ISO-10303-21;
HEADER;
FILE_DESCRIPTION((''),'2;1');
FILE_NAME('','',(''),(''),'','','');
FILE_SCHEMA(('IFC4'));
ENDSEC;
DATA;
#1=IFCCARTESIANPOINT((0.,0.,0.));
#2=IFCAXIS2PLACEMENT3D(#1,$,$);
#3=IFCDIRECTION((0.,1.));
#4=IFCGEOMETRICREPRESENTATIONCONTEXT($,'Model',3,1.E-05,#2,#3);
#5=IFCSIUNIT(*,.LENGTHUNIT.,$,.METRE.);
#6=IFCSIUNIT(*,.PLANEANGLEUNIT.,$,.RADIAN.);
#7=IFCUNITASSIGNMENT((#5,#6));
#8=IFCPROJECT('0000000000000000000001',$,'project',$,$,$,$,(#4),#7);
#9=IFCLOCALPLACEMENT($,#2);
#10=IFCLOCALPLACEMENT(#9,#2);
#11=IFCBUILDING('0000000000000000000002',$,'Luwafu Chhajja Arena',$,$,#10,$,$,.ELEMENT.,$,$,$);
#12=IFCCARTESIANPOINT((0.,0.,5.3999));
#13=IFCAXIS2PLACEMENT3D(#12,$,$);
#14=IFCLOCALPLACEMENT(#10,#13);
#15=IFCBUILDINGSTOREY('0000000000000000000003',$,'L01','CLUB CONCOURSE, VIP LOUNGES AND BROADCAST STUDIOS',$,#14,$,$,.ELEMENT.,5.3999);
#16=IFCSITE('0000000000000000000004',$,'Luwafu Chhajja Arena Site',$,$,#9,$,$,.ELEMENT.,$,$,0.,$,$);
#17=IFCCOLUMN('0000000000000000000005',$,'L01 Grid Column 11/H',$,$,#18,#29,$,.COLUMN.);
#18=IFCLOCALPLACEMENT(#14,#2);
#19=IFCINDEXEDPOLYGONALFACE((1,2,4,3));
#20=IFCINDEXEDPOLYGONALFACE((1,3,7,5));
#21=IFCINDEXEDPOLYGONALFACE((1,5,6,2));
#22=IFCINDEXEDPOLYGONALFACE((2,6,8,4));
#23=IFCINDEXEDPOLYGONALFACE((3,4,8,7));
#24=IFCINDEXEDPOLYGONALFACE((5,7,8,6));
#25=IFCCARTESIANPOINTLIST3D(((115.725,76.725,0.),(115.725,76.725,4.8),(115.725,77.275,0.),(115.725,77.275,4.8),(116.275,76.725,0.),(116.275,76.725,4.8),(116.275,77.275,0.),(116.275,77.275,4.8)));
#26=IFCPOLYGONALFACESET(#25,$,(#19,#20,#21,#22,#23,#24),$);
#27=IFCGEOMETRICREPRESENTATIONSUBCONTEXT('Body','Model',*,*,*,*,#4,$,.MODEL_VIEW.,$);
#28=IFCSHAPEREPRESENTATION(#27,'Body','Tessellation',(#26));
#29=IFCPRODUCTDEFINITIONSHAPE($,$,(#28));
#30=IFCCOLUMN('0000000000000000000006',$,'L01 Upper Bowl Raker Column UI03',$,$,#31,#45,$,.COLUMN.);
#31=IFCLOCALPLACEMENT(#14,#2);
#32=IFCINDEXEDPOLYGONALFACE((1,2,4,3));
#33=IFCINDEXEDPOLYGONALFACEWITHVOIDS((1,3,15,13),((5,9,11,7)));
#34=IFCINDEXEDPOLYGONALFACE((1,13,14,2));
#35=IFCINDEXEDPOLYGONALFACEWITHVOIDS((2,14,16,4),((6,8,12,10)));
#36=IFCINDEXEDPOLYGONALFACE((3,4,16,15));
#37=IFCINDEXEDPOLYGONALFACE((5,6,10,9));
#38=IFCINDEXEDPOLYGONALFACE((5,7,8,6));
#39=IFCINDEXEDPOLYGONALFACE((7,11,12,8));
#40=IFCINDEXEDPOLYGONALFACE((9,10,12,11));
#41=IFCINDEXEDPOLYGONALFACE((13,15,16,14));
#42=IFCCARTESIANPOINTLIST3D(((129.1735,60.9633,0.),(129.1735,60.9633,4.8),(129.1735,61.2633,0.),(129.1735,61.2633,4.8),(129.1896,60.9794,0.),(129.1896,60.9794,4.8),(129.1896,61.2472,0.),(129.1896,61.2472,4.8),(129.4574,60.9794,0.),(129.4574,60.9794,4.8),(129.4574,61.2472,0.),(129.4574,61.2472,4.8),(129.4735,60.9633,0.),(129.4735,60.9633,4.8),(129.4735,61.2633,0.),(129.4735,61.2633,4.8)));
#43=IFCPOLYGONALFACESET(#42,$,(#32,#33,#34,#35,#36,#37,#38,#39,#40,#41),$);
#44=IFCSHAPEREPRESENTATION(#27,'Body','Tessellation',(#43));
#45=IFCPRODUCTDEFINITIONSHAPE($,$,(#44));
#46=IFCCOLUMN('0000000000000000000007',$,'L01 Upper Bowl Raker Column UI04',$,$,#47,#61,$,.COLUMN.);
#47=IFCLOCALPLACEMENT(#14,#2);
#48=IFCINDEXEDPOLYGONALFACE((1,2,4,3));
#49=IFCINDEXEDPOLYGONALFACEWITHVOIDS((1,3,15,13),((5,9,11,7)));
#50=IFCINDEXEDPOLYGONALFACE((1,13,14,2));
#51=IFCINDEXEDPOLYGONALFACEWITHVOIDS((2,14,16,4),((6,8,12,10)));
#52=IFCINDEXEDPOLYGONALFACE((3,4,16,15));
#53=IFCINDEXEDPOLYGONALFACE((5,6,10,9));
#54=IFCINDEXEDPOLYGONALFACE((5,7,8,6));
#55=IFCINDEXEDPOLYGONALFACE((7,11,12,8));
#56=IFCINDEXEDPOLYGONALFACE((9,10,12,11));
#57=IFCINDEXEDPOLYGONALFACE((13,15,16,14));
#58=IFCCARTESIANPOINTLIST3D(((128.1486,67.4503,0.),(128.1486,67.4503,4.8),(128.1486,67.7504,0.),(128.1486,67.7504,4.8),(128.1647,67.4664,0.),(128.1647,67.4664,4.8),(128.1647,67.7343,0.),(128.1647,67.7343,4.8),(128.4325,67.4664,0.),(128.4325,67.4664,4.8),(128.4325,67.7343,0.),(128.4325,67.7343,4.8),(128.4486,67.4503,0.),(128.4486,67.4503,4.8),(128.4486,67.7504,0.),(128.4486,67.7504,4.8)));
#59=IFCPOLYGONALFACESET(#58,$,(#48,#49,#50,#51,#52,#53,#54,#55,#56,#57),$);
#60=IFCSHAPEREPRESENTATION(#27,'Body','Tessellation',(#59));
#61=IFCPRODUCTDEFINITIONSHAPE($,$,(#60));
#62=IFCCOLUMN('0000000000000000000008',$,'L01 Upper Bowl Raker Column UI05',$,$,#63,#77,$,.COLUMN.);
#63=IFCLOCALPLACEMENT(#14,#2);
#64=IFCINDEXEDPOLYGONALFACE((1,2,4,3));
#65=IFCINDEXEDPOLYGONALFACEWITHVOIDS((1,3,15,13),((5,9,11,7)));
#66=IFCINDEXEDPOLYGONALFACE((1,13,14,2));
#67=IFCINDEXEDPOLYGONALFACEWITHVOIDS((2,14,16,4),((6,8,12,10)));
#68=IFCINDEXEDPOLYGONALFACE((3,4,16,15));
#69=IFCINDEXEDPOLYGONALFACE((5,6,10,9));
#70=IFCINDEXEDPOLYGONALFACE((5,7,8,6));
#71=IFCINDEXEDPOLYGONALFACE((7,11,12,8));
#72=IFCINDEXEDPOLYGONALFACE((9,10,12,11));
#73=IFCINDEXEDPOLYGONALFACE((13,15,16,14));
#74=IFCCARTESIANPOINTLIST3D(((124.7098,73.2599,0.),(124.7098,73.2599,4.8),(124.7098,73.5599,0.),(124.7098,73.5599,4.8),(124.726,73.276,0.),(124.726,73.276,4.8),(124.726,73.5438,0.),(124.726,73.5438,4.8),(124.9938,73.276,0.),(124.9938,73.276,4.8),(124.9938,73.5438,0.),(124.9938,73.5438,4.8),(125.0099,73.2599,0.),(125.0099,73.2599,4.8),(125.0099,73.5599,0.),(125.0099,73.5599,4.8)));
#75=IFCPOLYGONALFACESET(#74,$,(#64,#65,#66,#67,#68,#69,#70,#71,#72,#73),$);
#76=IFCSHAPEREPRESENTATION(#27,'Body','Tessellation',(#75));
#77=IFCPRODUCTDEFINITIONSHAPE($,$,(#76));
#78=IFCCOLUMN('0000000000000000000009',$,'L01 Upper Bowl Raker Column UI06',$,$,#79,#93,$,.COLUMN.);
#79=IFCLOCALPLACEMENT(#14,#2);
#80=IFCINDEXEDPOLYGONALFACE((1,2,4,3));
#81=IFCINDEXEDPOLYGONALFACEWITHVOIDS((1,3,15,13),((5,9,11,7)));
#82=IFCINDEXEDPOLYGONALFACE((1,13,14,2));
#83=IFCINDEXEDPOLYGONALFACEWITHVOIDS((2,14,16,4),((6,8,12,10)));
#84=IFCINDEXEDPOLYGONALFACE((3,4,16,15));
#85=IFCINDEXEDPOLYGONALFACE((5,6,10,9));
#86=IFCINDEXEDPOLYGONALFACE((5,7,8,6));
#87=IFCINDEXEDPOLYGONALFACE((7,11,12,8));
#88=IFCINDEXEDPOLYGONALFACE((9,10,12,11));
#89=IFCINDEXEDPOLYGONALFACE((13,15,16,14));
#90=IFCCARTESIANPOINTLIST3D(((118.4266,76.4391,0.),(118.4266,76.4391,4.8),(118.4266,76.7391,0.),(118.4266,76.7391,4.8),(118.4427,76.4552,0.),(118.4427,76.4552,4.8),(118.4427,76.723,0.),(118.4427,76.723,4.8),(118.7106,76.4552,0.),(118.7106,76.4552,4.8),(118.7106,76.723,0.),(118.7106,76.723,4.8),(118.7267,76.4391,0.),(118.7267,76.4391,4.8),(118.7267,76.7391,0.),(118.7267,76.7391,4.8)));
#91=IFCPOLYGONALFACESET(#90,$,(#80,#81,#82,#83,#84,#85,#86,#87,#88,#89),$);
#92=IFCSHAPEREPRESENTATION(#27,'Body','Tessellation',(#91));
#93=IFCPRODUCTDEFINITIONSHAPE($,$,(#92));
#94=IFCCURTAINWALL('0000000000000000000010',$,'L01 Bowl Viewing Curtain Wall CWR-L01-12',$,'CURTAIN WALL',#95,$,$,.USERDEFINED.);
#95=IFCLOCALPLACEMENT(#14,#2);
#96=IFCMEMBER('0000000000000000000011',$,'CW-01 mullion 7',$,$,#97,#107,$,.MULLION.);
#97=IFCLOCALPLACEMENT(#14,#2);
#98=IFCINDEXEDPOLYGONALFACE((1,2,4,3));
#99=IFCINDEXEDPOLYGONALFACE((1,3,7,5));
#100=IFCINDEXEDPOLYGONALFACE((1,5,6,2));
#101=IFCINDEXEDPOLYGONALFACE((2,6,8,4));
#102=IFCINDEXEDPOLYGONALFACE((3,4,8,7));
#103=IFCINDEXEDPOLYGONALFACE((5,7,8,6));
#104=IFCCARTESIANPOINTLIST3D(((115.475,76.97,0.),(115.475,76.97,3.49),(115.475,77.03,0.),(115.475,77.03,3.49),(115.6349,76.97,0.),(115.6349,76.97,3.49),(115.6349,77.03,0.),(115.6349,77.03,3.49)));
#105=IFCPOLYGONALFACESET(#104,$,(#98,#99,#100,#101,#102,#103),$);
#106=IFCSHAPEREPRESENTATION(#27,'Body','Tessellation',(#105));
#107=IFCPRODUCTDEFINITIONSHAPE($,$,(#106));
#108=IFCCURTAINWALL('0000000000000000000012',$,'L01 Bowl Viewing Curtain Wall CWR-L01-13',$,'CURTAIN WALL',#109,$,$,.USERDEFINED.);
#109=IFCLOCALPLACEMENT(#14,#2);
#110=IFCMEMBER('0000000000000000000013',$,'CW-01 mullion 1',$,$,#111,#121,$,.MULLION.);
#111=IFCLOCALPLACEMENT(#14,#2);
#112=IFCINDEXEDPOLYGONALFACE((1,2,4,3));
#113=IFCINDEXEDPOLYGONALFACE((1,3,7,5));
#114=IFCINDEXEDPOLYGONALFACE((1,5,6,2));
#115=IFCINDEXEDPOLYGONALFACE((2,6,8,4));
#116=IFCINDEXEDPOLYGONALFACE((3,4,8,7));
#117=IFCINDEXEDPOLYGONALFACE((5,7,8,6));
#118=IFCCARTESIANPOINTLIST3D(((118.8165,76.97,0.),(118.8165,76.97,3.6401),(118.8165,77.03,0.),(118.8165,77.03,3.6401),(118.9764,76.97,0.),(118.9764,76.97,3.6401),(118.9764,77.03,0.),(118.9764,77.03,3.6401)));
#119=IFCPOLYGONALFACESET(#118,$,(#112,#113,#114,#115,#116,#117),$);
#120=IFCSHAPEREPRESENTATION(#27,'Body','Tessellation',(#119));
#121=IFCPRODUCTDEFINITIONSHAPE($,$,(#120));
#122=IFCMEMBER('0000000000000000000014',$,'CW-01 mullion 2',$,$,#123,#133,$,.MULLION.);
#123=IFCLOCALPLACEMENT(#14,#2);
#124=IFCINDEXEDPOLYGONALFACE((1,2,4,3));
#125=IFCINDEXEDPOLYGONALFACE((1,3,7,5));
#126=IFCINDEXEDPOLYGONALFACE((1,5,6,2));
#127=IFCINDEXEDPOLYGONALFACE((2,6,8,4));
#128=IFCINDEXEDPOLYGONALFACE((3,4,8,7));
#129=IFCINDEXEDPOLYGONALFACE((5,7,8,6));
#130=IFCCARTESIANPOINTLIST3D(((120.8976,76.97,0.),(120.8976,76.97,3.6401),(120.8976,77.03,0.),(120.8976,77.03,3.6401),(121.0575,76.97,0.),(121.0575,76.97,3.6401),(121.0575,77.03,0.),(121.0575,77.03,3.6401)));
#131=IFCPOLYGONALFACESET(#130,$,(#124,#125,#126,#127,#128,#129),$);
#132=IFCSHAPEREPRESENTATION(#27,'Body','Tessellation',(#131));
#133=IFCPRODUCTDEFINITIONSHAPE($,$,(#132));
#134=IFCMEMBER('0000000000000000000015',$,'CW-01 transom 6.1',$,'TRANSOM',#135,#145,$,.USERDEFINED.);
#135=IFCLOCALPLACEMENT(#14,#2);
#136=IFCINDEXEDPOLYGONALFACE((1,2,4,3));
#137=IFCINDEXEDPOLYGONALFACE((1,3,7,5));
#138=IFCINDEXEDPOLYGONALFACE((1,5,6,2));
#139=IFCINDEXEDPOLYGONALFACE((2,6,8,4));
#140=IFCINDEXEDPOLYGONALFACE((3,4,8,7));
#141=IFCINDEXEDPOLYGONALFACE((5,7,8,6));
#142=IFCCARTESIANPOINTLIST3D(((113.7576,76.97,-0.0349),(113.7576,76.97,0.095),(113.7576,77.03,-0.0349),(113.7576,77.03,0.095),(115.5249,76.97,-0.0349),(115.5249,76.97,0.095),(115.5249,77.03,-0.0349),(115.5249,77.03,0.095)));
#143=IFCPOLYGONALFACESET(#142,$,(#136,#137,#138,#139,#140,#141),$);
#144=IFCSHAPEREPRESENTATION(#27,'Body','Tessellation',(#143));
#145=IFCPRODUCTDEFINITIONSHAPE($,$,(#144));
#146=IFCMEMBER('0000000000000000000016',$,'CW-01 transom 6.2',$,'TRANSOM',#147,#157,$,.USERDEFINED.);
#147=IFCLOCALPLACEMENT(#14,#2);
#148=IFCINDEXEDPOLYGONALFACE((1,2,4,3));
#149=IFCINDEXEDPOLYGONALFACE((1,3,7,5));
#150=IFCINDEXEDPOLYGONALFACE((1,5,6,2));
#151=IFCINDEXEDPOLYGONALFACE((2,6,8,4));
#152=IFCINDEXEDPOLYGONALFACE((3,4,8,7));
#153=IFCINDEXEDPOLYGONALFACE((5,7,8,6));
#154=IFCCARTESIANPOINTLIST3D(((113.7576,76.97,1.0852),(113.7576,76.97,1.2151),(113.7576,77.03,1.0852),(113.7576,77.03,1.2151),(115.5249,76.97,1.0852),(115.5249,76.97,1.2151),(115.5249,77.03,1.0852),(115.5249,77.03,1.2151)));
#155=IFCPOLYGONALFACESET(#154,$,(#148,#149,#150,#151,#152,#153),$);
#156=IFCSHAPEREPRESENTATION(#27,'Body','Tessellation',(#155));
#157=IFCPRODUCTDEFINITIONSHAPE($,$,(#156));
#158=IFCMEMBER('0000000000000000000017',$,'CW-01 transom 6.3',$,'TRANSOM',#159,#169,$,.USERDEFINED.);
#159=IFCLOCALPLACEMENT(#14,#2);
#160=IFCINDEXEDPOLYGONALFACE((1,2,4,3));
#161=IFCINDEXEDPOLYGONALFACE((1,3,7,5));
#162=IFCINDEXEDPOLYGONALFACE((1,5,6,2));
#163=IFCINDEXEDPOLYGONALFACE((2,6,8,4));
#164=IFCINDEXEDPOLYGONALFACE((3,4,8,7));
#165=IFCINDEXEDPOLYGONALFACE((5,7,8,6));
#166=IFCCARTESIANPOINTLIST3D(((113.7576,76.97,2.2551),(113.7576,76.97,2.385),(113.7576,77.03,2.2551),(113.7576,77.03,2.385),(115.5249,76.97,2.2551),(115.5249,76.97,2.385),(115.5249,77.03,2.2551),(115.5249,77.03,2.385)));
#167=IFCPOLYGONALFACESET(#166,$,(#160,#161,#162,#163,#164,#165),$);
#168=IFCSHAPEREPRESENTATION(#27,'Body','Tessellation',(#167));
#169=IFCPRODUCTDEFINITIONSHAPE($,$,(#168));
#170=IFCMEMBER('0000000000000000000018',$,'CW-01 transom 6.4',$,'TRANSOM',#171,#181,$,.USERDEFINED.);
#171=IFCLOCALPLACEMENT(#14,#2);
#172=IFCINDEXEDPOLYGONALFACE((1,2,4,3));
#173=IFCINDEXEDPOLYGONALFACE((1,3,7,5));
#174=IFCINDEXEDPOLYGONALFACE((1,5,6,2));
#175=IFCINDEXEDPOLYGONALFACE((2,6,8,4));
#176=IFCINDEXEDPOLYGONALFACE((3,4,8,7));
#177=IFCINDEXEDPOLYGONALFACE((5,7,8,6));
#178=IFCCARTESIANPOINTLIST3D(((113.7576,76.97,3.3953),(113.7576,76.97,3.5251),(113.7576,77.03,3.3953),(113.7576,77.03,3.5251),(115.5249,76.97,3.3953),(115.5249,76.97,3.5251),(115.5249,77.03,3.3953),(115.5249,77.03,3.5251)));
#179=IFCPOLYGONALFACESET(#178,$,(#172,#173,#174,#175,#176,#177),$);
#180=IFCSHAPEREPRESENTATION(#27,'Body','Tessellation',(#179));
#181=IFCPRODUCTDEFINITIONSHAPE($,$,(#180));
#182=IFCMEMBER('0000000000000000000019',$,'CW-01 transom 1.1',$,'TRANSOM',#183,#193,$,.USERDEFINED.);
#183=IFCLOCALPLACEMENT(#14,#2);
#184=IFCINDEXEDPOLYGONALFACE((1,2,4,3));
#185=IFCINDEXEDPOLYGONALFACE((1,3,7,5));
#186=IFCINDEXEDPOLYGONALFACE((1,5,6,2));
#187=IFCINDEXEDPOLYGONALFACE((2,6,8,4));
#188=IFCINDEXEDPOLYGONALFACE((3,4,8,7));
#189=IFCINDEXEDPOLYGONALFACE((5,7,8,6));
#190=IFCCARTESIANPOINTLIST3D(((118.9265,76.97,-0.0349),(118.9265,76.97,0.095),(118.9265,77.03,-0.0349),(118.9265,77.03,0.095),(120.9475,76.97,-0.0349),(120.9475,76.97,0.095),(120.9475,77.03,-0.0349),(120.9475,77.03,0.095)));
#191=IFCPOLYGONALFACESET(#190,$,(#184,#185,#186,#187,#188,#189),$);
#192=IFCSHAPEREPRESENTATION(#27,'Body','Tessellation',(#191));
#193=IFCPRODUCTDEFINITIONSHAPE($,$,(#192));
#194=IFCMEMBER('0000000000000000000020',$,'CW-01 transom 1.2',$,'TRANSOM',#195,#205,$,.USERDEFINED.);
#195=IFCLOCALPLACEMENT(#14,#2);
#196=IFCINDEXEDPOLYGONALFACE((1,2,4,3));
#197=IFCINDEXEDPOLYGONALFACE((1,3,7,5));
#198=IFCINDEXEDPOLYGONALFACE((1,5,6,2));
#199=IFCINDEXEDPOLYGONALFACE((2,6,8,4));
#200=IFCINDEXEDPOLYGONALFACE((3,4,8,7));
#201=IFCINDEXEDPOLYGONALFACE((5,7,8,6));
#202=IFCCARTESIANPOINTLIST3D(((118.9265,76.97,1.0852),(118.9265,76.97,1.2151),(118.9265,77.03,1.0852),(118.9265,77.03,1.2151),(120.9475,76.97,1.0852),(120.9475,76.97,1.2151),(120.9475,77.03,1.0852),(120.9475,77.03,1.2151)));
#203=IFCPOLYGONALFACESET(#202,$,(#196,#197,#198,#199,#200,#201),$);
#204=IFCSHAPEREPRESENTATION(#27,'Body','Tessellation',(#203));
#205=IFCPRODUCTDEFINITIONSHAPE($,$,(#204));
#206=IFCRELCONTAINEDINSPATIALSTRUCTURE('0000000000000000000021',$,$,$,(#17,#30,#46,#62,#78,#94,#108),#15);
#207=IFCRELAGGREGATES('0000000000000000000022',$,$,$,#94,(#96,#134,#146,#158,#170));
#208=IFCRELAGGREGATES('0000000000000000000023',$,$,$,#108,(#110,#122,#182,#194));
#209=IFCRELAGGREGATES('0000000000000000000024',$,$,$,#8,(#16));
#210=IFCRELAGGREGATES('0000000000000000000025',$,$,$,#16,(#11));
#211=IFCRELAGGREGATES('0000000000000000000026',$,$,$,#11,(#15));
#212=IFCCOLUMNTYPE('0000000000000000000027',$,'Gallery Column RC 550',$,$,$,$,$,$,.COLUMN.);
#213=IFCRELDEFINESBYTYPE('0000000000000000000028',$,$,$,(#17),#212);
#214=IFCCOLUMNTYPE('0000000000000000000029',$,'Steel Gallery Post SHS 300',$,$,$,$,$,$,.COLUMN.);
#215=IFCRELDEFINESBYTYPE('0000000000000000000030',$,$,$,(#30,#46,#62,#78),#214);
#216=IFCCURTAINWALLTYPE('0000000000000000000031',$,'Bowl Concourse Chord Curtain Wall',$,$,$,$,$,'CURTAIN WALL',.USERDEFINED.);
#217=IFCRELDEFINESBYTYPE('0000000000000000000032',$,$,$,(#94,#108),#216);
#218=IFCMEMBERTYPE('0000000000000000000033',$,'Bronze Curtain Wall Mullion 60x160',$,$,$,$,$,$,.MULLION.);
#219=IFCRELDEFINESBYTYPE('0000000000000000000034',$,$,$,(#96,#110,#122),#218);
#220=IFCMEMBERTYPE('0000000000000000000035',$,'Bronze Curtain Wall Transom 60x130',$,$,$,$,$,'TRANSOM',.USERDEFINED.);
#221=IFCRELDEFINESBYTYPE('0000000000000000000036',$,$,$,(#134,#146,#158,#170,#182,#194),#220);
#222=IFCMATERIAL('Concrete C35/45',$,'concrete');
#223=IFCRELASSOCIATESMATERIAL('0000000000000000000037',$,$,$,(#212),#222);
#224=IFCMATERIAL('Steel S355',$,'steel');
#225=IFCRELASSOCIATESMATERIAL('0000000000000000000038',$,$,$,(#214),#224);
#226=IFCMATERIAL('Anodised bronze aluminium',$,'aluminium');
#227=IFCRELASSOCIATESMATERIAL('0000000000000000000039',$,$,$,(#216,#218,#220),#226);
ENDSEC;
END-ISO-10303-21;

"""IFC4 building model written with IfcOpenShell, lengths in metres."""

from ifc_helpers import new_model, si_unit, direction, frame, origin, origin_2d, place, context, subcontext, project, spatial, rectangle, hollow_rectangle, extrude, material, material_profile, profile_set, type_object, element, aggregate, save


model = new_model("IFC4")

# Units and contexts
model_context = context("Model", 3, precision=1e-05, world=origin(), true_north=direction((0.0, 1.0)))
body_context = subcontext(model_context, "Body", "Model", "MODEL_VIEW")
ifc_project = project(units=[si_unit("LENGTHUNIT", "METRE"), si_unit("PLANEANGLEUNIT", "RADIAN")], contexts=[model_context])

# Site, building, storey
site_placement = place(None, origin())
site = spatial("IfcSite", under=ifc_project, at=site_placement, Name="Luwafu Chhajja Arena Site", CompositionType="ELEMENT", RefElevation=0.0)
building_placement = place(site_placement, origin())
building = spatial("IfcBuilding", under=site, at=building_placement, Name="Luwafu Chhajja Arena", CompositionType="ELEMENT")
storey_placement = place(building_placement, frame((0.0, 0.0, 5.3999)))
storey = spatial("IfcBuildingStorey", under=building, at=storey_placement, Name="L01", Description="CLUB CONCOURSE, VIP LOUNGES AND BROADCAST STUDIOS", CompositionType="ELEMENT", Elevation=5.3999)

# Columns
ifc_material_1 = material(Name="Concrete C35/45", Category="concrete")
ifc_material_profile_1 = material_profile(ifc_material_1, rectangle(XDim=0.55, YDim=0.55, at=origin_2d()), Name="RC 550x550")
ifc_profile_set_1 = profile_set([ifc_material_profile_1], Name="Concrete C35/45")
column_type_1 = type_object("IfcColumnType", Name="Gallery Column RC 550", PredefinedType="COLUMN", material=ifc_profile_set_1)
column_placement = place(storey_placement, frame((116.0, 77.0, 0.0), z_axis=(0.0, 0.0, 1.0), x_axis=(1.0, 0.0, 0.0)))
element("IfcColumn", 1, at=column_placement, inside=storey, type_object=column_type_1, Name="L01 Grid Column 11/H", PredefinedType="COLUMN", context=body_context, shape_type="SweptSolid", body=[
    extrude(rectangle(XDim=0.55, YDim=0.55, at=origin_2d()), origin(), (0.0, 0.0, 1.0), 4.8),
])
ifc_material_2 = material(Name="Steel S355", Category="steel")
ifc_material_profile_2 = material_profile(ifc_material_2, hollow_rectangle(XDim=0.3, YDim=0.3, WallThickness=0.0161, at=origin_2d()), Name="SHS 300x300x16")
ifc_profile_set_2 = profile_set([ifc_material_profile_2], Name="Steel S355")
column_type_2 = type_object("IfcColumnType", Name="Steel Gallery Post SHS 300", PredefinedType="COLUMN", material=ifc_profile_set_2)
for number, where, z_axis, x_axis, name in (
    (2, (129.3235, 61.1133, 0.0), (0.0, 0.0, 1.0), (1.0, 0.0, 0.0), "L01 Upper Bowl Raker Column UI03"),
    (3, (128.2986, 67.6003, 0.0), (0.0, 0.0, 1.0), (1.0, 0.0, 0.0), "L01 Upper Bowl Raker Column UI04"),
    (4, (124.8599, 73.4099, 0.0), (0.0, 0.0, 1.0), (1.0, 0.0, 0.0), "L01 Upper Bowl Raker Column UI05"),
    (5, (118.5767, 76.5891, 0.0), (0.0, 0.0, 1.0), (1.0, 0.0, 0.0), "L01 Upper Bowl Raker Column UI06"),
):
    element("IfcColumn", number, at=place(storey_placement, frame(where, z_axis=z_axis, x_axis=x_axis)), inside=storey, type_object=column_type_2, Name=name, PredefinedType="COLUMN", context=body_context, shape_type="SweptSolid", body=[
        extrude(hollow_rectangle(XDim=0.3, YDim=0.3, WallThickness=0.0161, at=origin_2d()), origin(), (0.0, 0.0, 1.0), 4.8),
    ])

# Curtain wall, member
ifc_material_3 = material(Name="Anodised bronze aluminium", Category="aluminium")
curtain_wall_type = type_object("IfcCurtainWallType", Name="Bowl Concourse Chord Curtain Wall", ElementType="CURTAIN WALL", PredefinedType="USERDEFINED", material=ifc_material_3)
curtain_wall_1_placement = place(storey_placement, origin())
curtain_wall_1 = element("IfcCurtainWall", 6, at=curtain_wall_1_placement, inside=storey, type_object=curtain_wall_type, Name="L01 Bowl Viewing Curtain Wall CWR-L01-12", ObjectType="CURTAIN WALL", PredefinedType="USERDEFINED")
ifc_material_profile_3 = material_profile(ifc_material_3, rectangle(XDim=0.0601, YDim=0.1599, at=origin_2d()), Name="CWM 60x160")
ifc_profile_set_3 = profile_set([ifc_material_profile_3], Name="Anodised bronze aluminium")
member_type_1 = type_object("IfcMemberType", Name="Bronze Curtain Wall Mullion 60x160", PredefinedType="MULLION", material=ifc_profile_set_3)
member_1_placement = place(storey_placement, frame((115.5549, 77.0, 0.0), z_axis=(0.0, 0.0, 1.0), x_axis=(0.0, 1.0, 0.0)))
member_1 = element("IfcMember", 7, at=member_1_placement, type_object=member_type_1, Name="CW-01 mullion 7", PredefinedType="MULLION", context=body_context, shape_type="SweptSolid", body=[
    extrude(rectangle(XDim=0.0601, YDim=0.1599, at=origin_2d()), origin(), (0.0, 0.0, 1.0), 3.49),
])

# Curtain wall, members
curtain_wall_2_placement = place(storey_placement, origin())
curtain_wall_2 = element("IfcCurtainWall", 8, at=curtain_wall_2_placement, inside=storey, type_object=curtain_wall_type, Name="L01 Bowl Viewing Curtain Wall CWR-L01-13", ObjectType="CURTAIN WALL", PredefinedType="USERDEFINED")
member_2_placement = place(storey_placement, frame((118.8965, 77.0, 0.0), z_axis=(0.0, 0.0, 1.0), x_axis=(0.0, 1.0, 0.0)))
member_2 = element("IfcMember", 9, at=member_2_placement, type_object=member_type_1, Name="CW-01 mullion 1", PredefinedType="MULLION", context=body_context, shape_type="SweptSolid", body=[
    extrude(rectangle(XDim=0.0601, YDim=0.1599, at=origin_2d()), origin(), (0.0, 0.0, 1.0), 3.6401),
])
member_3_placement = place(storey_placement, frame((120.9775, 77.0, 0.0), z_axis=(0.0, 0.0, 1.0), x_axis=(0.0, 1.0, 0.0)))
member_3 = element("IfcMember", 10, at=member_3_placement, type_object=member_type_1, Name="CW-01 mullion 2", PredefinedType="MULLION", context=body_context, shape_type="SweptSolid", body=[
    extrude(rectangle(XDim=0.0601, YDim=0.1599, at=origin_2d()), origin(), (0.0, 0.0, 1.0), 3.6401),
])

# Members
ifc_material_profile_4 = material_profile(ifc_material_3, rectangle(XDim=0.0601, YDim=0.1299, at=origin_2d()), Name="CWT 60x130")
ifc_profile_set_4 = profile_set([ifc_material_profile_4], Name="Anodised bronze aluminium")
member_type_2 = type_object("IfcMemberType", Name="Bronze Curtain Wall Transom 60x130", ElementType="TRANSOM", PredefinedType="USERDEFINED", material=ifc_profile_set_4)
member_4_placement = place(storey_placement, frame((113.7576, 77.0, 0.03), z_axis=(1.0, 0.0, 0.0), x_axis=(0.0, 1.0, 0.0)))
member_4 = element("IfcMember", 11, at=member_4_placement, type_object=member_type_2, Name="CW-01 transom 6.1", ObjectType="TRANSOM", PredefinedType="USERDEFINED", context=body_context, shape_type="SweptSolid", body=[
    extrude(rectangle(XDim=0.0601, YDim=0.1299, at=origin_2d()), origin(), (0.0, 0.0, 1.0), 1.7673),
])
member_5_placement = place(storey_placement, frame((113.7576, 77.0, 1.1501), z_axis=(1.0, 0.0, 0.0), x_axis=(0.0, 1.0, 0.0)))
member_5 = element("IfcMember", 12, at=member_5_placement, type_object=member_type_2, Name="CW-01 transom 6.2", ObjectType="TRANSOM", PredefinedType="USERDEFINED", context=body_context, shape_type="SweptSolid", body=[
    extrude(rectangle(XDim=0.0601, YDim=0.1299, at=origin_2d()), origin(), (0.0, 0.0, 1.0), 1.7673),
])
member_6_placement = place(storey_placement, frame((113.7576, 77.0, 2.3201), z_axis=(1.0, 0.0, 0.0), x_axis=(0.0, 1.0, 0.0)))
member_6 = element("IfcMember", 13, at=member_6_placement, type_object=member_type_2, Name="CW-01 transom 6.3", ObjectType="TRANSOM", PredefinedType="USERDEFINED", context=body_context, shape_type="SweptSolid", body=[
    extrude(rectangle(XDim=0.0601, YDim=0.1299, at=origin_2d()), origin(), (0.0, 0.0, 1.0), 1.7673),
])
member_7_placement = place(storey_placement, frame((113.7576, 77.0, 3.4602), z_axis=(1.0, 0.0, 0.0), x_axis=(0.0, 1.0, 0.0)))
member_7 = element("IfcMember", 14, at=member_7_placement, type_object=member_type_2, Name="CW-01 transom 6.4", ObjectType="TRANSOM", PredefinedType="USERDEFINED", context=body_context, shape_type="SweptSolid", body=[
    extrude(rectangle(XDim=0.0601, YDim=0.1299, at=origin_2d()), origin(), (0.0, 0.0, 1.0), 1.7673),
])
member_8_placement = place(storey_placement, frame((118.9265, 77.0, 0.03), z_axis=(1.0, 0.0, 0.0), x_axis=(0.0, 1.0, 0.0)))
member_8 = element("IfcMember", 15, at=member_8_placement, type_object=member_type_2, Name="CW-01 transom 1.1", ObjectType="TRANSOM", PredefinedType="USERDEFINED", context=body_context, shape_type="SweptSolid", body=[
    extrude(rectangle(XDim=0.0601, YDim=0.1299, at=origin_2d()), origin(), (0.0, 0.0, 1.0), 2.021),
])
member_9_placement = place(storey_placement, frame((118.9265, 77.0, 1.1501), z_axis=(1.0, 0.0, 0.0), x_axis=(0.0, 1.0, 0.0)))
member_9 = element("IfcMember", 16, at=member_9_placement, type_object=member_type_2, Name="CW-01 transom 1.2", ObjectType="TRANSOM", PredefinedType="USERDEFINED", context=body_context, shape_type="SweptSolid", body=[
    extrude(rectangle(XDim=0.0601, YDim=0.1299, at=origin_2d()), origin(), (0.0, 0.0, 1.0), 2.021),
])

aggregate(curtain_wall_1, [member_1, member_4, member_5, member_6, member_7])
aggregate(curtain_wall_2, [member_2, member_3, member_8, member_9])

save(model, "model.ifc")
